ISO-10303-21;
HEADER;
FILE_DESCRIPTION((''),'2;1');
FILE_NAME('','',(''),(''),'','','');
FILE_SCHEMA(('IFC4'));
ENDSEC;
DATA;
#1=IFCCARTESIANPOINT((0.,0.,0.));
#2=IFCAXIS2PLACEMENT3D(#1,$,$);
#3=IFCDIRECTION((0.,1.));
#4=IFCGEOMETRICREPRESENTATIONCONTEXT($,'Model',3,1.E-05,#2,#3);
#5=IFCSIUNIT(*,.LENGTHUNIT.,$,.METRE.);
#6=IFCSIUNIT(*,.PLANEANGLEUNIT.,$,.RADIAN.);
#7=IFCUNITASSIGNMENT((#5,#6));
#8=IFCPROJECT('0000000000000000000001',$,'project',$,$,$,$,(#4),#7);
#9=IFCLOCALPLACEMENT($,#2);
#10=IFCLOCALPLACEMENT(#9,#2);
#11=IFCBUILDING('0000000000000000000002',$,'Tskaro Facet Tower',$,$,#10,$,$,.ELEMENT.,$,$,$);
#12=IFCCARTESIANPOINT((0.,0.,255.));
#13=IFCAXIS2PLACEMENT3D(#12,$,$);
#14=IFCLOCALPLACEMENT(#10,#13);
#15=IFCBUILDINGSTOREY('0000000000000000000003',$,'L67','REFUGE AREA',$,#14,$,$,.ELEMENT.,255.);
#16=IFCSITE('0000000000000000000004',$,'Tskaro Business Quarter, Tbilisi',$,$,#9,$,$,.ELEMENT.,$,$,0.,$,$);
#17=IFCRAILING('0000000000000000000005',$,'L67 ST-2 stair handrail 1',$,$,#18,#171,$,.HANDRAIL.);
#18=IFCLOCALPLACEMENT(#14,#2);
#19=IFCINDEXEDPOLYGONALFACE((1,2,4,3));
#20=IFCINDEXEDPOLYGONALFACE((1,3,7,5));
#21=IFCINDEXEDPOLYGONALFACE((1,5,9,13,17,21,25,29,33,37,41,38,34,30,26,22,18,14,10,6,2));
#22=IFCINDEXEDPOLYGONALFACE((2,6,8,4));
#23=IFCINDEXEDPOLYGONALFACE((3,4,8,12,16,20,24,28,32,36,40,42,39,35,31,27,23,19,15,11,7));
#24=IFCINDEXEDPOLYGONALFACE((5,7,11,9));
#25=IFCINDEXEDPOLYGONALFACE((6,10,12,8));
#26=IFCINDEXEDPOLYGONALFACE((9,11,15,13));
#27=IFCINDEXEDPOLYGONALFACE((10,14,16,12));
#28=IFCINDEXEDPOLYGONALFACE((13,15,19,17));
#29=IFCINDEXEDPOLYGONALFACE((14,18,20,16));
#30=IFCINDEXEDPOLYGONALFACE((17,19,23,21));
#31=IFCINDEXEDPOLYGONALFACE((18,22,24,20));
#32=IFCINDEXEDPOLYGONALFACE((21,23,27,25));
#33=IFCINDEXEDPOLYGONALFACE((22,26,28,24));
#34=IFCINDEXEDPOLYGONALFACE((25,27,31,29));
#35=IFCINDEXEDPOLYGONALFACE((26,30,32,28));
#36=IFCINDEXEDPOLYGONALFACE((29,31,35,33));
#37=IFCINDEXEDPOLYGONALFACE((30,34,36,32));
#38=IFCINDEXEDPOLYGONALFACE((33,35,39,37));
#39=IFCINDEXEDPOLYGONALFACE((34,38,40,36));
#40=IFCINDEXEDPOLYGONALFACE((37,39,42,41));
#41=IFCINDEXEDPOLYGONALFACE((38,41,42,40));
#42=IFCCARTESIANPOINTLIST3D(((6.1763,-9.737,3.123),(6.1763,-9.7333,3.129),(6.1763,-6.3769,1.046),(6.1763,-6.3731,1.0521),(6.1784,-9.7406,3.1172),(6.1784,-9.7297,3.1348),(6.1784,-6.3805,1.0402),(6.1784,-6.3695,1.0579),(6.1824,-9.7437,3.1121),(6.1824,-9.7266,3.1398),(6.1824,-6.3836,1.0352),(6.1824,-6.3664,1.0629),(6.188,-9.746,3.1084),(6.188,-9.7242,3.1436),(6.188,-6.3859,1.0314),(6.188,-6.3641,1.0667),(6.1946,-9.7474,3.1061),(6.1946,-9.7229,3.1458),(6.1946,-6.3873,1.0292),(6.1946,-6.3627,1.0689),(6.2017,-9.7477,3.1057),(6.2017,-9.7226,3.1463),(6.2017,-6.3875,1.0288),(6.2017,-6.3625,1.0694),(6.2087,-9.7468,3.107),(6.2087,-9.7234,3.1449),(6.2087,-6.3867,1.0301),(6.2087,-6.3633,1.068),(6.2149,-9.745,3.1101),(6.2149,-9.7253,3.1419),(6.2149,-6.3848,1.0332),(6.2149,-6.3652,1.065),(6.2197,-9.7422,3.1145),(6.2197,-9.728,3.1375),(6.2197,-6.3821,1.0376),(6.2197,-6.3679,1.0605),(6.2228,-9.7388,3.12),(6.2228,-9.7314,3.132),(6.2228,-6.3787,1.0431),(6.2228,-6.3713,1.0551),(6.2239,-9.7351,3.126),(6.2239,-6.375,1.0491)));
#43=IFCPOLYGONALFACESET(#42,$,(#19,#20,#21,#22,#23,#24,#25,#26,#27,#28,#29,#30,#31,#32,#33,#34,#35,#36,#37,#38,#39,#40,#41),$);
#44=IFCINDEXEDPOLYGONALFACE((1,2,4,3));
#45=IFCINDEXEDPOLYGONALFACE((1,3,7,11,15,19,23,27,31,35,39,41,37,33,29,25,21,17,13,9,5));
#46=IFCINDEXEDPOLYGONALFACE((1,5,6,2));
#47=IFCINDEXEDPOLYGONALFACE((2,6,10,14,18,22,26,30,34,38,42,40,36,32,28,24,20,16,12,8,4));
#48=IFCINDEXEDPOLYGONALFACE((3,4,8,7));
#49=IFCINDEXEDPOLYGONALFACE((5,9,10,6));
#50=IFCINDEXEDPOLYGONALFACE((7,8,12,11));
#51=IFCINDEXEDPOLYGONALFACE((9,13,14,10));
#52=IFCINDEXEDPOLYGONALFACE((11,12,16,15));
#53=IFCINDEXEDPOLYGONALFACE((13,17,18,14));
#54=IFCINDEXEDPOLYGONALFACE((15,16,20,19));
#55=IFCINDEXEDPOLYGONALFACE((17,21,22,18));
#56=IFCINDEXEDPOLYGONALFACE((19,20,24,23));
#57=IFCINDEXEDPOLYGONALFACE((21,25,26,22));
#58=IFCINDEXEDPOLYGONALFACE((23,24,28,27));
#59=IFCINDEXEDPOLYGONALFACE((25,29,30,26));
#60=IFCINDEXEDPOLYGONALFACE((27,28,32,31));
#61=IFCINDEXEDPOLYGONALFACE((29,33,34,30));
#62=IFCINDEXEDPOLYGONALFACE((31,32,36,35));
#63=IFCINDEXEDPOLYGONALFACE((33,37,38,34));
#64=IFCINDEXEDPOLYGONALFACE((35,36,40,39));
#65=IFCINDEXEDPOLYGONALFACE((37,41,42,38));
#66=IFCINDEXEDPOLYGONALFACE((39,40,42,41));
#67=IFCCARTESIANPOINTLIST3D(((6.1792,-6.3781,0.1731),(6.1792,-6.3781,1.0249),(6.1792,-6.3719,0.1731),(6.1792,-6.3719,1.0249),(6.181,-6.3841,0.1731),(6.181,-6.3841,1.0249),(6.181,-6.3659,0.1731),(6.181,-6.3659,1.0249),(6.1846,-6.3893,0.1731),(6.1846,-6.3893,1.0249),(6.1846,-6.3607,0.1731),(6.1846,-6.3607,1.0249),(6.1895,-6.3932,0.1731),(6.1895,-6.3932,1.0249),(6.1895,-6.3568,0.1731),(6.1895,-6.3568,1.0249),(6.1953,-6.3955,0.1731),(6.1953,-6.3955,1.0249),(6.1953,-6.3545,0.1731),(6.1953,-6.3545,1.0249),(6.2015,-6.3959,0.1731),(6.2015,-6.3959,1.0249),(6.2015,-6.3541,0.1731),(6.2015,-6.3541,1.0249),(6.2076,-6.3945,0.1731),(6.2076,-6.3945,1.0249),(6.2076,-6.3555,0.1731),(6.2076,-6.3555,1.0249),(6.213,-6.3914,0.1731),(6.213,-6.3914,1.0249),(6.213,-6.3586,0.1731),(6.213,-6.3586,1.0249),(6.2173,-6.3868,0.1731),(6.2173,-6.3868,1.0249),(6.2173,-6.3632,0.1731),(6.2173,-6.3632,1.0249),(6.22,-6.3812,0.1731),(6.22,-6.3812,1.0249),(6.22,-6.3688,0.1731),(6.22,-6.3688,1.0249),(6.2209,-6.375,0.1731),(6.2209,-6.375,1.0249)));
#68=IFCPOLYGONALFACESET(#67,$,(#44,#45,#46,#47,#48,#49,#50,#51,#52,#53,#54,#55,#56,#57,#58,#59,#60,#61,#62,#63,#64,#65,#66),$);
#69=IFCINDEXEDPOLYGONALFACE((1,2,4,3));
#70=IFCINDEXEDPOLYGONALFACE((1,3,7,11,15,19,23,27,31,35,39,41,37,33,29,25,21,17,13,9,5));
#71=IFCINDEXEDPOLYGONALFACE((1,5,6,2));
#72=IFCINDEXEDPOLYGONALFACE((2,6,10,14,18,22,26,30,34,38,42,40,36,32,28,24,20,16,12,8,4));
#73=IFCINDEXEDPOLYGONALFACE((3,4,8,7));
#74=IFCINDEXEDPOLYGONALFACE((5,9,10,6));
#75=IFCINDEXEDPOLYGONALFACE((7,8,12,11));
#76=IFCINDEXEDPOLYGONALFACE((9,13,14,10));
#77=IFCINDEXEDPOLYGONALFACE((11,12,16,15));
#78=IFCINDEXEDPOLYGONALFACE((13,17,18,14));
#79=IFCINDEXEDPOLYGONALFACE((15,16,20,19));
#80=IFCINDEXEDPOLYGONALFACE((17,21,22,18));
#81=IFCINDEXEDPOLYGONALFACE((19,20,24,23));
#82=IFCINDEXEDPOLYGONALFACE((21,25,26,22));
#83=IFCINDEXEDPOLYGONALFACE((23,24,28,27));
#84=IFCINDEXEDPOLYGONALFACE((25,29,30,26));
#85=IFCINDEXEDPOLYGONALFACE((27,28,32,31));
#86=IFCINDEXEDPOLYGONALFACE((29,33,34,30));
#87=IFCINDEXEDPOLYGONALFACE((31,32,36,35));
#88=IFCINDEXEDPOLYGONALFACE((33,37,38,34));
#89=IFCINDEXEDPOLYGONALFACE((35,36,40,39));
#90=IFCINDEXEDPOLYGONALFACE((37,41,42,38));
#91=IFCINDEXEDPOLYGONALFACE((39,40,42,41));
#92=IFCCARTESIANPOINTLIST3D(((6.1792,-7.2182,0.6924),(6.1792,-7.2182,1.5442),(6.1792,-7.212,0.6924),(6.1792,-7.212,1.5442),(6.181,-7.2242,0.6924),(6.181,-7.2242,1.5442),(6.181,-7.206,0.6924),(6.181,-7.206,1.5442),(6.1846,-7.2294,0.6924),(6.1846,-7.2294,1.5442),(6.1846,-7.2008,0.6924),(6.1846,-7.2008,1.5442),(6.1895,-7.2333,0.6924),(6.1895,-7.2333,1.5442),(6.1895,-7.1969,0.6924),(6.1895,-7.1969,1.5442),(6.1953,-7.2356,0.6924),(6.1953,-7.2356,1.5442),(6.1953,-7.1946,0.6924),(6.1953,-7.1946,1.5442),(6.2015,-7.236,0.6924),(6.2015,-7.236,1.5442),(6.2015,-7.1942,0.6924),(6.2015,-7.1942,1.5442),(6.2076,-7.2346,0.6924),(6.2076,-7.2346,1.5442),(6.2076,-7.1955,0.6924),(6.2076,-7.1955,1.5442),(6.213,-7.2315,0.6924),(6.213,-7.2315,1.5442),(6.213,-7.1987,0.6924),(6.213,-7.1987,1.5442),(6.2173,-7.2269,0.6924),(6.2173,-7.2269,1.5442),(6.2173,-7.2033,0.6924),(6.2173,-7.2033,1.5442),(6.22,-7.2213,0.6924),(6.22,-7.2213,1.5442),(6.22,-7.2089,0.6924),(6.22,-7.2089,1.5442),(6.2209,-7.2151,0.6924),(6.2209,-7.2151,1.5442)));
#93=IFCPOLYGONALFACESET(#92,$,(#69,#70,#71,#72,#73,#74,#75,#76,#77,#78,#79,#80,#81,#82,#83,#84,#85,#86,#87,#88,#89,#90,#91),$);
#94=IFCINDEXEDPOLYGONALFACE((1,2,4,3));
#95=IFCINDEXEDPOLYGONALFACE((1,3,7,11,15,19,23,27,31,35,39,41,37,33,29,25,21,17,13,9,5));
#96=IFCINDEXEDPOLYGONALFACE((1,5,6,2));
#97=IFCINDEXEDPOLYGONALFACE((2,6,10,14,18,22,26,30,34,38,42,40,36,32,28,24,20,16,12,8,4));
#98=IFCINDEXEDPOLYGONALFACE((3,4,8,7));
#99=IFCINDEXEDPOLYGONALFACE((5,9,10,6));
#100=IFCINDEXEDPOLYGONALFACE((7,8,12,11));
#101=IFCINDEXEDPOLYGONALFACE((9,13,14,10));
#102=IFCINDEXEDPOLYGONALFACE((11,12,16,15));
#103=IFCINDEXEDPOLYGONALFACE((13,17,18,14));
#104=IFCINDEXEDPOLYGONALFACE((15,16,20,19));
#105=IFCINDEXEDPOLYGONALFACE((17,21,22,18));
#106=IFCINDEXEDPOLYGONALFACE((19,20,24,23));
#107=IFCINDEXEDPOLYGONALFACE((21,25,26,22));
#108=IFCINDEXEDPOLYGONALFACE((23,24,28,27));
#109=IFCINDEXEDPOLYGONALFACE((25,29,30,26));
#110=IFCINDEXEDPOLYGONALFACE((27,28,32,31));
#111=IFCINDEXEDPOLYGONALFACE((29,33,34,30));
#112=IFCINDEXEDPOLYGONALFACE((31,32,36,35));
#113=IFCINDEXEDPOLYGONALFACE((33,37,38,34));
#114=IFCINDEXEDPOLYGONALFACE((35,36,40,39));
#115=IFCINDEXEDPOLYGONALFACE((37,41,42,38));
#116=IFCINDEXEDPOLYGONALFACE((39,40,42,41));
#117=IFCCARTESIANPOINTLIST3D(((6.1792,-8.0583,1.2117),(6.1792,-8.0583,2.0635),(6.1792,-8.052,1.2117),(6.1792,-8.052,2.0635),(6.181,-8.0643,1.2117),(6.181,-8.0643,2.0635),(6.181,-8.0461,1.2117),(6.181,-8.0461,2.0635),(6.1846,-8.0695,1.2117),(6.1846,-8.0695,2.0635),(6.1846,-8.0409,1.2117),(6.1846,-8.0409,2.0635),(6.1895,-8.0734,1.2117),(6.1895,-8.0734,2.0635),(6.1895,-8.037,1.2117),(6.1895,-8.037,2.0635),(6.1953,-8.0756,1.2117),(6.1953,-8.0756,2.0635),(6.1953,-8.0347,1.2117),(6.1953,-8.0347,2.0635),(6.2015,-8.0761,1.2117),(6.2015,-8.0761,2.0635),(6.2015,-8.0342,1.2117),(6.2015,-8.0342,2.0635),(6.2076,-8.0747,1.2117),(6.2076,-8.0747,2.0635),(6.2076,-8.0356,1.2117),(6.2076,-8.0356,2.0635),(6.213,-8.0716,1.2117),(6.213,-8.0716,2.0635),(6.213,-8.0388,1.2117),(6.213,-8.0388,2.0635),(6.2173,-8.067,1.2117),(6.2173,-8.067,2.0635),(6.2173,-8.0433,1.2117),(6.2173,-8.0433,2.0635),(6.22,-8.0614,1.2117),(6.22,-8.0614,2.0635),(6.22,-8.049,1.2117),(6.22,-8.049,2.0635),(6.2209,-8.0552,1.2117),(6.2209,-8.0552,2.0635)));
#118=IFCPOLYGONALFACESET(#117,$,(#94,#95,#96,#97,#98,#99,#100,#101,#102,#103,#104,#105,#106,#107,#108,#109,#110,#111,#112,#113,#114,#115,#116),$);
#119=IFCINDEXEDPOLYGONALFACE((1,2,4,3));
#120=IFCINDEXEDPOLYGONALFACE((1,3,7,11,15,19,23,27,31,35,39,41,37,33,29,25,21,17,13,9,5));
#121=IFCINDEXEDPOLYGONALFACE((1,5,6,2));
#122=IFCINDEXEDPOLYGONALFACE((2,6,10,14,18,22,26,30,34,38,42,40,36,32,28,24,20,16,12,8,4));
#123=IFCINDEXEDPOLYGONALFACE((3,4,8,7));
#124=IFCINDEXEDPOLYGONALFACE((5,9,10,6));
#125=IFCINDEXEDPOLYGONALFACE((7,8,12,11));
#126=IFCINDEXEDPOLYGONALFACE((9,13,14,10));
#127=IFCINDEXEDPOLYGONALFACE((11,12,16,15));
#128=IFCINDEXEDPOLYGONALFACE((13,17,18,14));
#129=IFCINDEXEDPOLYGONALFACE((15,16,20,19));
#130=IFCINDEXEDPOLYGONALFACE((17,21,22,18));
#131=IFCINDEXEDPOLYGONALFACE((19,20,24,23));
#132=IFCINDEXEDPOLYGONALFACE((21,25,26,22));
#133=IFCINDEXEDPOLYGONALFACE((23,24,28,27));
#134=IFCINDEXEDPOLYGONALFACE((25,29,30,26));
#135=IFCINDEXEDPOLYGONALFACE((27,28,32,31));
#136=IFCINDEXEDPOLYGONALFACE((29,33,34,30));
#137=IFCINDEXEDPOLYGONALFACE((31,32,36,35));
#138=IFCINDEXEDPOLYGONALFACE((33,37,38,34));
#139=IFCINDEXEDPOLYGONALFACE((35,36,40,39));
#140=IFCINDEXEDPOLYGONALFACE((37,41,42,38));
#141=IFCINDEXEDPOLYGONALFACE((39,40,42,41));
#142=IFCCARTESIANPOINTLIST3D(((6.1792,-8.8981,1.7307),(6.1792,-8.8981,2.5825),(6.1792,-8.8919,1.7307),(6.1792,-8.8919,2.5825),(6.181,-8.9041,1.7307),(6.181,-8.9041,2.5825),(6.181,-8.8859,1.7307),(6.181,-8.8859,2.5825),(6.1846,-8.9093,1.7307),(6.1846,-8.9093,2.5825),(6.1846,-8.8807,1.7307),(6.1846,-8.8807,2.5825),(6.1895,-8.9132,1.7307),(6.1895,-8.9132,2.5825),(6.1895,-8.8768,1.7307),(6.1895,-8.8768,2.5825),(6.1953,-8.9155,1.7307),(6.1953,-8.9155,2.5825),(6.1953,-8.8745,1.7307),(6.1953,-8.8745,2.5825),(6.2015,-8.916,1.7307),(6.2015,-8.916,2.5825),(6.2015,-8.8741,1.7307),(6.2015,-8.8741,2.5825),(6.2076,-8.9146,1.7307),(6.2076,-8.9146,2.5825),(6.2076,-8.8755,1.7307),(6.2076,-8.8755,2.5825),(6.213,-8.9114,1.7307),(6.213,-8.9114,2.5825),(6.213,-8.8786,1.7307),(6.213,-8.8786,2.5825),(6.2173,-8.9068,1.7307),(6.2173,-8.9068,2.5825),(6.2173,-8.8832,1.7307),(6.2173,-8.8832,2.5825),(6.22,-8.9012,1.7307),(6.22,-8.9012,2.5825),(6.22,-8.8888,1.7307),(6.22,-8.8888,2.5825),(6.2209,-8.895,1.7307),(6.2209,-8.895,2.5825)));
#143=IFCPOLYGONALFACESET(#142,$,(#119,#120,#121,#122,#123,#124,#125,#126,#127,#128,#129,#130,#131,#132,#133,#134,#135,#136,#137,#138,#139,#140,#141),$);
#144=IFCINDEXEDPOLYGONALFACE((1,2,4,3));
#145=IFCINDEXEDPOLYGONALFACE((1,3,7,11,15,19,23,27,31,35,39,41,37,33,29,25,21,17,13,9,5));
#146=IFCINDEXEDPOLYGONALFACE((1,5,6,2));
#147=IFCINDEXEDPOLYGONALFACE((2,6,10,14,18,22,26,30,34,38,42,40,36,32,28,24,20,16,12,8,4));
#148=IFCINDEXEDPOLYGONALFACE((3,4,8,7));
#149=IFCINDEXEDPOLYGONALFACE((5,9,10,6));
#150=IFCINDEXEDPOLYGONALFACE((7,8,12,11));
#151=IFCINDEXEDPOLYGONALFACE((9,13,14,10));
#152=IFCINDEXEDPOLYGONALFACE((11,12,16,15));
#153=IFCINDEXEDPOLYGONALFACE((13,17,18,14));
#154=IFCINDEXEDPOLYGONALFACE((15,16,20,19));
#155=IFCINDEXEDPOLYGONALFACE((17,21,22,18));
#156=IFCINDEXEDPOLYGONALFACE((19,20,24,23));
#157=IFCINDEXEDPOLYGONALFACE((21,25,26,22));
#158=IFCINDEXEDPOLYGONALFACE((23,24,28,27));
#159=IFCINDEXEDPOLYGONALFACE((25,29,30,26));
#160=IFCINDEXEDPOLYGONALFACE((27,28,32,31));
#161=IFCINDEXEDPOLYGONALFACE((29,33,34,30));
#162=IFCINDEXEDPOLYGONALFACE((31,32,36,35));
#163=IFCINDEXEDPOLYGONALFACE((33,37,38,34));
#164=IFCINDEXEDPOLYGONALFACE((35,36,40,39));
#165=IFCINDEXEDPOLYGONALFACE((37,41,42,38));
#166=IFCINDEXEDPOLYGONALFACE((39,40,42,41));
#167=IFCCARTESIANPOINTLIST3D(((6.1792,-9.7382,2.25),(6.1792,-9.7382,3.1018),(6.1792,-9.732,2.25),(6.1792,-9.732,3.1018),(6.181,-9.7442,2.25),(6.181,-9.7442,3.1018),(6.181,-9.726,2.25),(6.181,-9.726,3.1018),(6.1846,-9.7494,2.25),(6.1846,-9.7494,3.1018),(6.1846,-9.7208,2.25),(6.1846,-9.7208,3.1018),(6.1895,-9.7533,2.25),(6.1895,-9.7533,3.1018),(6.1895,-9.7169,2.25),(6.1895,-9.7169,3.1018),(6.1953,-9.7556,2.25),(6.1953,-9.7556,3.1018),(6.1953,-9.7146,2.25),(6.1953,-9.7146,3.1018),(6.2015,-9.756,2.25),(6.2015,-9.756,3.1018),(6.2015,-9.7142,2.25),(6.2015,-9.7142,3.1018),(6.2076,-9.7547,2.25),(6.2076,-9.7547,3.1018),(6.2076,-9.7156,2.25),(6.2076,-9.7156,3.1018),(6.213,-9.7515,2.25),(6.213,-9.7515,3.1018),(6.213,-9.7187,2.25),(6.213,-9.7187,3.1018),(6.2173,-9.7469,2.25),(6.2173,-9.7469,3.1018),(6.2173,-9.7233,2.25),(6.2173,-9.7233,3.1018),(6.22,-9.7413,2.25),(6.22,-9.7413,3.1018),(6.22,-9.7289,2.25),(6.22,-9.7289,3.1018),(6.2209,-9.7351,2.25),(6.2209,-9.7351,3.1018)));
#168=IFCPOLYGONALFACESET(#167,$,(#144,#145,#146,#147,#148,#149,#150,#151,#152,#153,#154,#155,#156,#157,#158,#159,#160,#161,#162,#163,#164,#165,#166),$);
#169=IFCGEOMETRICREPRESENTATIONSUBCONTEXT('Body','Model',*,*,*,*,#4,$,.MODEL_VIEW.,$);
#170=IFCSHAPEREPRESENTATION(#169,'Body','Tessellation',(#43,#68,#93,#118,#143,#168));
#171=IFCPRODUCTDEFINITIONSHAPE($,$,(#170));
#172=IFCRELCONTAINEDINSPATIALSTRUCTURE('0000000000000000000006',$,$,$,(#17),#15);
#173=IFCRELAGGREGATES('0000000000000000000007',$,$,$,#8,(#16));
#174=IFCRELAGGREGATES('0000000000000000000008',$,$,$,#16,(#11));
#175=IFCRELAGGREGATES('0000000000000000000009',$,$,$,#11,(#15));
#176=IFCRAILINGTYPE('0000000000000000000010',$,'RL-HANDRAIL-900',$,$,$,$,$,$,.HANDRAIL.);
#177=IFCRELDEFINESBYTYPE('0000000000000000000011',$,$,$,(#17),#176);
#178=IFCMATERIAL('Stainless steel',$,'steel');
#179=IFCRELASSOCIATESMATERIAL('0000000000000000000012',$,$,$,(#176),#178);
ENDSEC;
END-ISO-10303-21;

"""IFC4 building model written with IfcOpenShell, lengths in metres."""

from ifc_helpers import new_model, si_unit, direction, frame, origin, origin_2d, place, context, subcontext, project, spatial, circle, extrude, material, type_object, element, save


model = new_model("IFC4")

# Units and contexts
model_context = context("Model", 3, precision=1e-05, world=origin(), true_north=direction((0.0, 1.0)))
body_context = subcontext(model_context, "Body", "Model", "MODEL_VIEW")
ifc_project = project(units=[si_unit("LENGTHUNIT", "METRE"), si_unit("PLANEANGLEUNIT", "RADIAN")], contexts=[model_context])

# Site, building, storey
site_placement = place(None, origin())
site = spatial("IfcSite", under=ifc_project, at=site_placement, Name="Tskaro Business Quarter, Tbilisi", CompositionType="ELEMENT", RefElevation=0.0)
building_placement = place(site_placement, origin())
building = spatial("IfcBuilding", under=site, at=building_placement, Name="Tskaro Facet Tower", CompositionType="ELEMENT")
storey_placement = place(building_placement, frame((0.0, 0.0, 255.0)))
storey = spatial("IfcBuildingStorey", under=building, at=storey_placement, Name="L67", Description="REFUGE AREA", CompositionType="ELEMENT", Elevation=255.0)

# Railing
ifc_material_1 = material(Name="Stainless steel", Category="steel")
railing_type_1 = type_object("IfcRailingType", Name="RL-HANDRAIL-900", PredefinedType="HANDRAIL", material=ifc_material_1)
railing_1_placement = place(storey_placement, frame((6.2, -6.375, 0.1731)))
element("IfcRailing", 1, at=railing_1_placement, inside=storey, type_object=railing_type_1, Name="L67 ST-2 stair handrail 1", PredefinedType="HANDRAIL", context=body_context, shape_type="SweptSolid", body=[
    extrude(circle(Radius=0.0239, at=origin_2d()), frame((0.0, 0.0, 0.876), z_axis=(0.0, -0.850623, 0.525776), x_axis=(1.0, 0.0, 0.0)), (0.0, 0.0, 1.0), 3.9502),
    extrude(circle(Radius=0.021, at=origin_2d()), origin(), (0.0, 0.0, 1.0), 0.8518),
    extrude(circle(Radius=0.021, at=origin_2d()), frame((0.0, -0.8401, 0.5193)), (0.0, 0.0, 1.0), 0.8518),
    extrude(circle(Radius=0.021, at=origin_2d()), frame((0.0, -1.6802, 1.0386)), (0.0, 0.0, 1.0), 0.8518),
    extrude(circle(Radius=0.021, at=origin_2d()), frame((0.0, -2.52, 1.5576)), (0.0, 0.0, 1.0), 0.8518),
    extrude(circle(Radius=0.021, at=origin_2d()), frame((0.0, -3.3601, 2.0769)), (0.0, 0.0, 1.0), 0.8518),
])

save(model, "model.ifc")
